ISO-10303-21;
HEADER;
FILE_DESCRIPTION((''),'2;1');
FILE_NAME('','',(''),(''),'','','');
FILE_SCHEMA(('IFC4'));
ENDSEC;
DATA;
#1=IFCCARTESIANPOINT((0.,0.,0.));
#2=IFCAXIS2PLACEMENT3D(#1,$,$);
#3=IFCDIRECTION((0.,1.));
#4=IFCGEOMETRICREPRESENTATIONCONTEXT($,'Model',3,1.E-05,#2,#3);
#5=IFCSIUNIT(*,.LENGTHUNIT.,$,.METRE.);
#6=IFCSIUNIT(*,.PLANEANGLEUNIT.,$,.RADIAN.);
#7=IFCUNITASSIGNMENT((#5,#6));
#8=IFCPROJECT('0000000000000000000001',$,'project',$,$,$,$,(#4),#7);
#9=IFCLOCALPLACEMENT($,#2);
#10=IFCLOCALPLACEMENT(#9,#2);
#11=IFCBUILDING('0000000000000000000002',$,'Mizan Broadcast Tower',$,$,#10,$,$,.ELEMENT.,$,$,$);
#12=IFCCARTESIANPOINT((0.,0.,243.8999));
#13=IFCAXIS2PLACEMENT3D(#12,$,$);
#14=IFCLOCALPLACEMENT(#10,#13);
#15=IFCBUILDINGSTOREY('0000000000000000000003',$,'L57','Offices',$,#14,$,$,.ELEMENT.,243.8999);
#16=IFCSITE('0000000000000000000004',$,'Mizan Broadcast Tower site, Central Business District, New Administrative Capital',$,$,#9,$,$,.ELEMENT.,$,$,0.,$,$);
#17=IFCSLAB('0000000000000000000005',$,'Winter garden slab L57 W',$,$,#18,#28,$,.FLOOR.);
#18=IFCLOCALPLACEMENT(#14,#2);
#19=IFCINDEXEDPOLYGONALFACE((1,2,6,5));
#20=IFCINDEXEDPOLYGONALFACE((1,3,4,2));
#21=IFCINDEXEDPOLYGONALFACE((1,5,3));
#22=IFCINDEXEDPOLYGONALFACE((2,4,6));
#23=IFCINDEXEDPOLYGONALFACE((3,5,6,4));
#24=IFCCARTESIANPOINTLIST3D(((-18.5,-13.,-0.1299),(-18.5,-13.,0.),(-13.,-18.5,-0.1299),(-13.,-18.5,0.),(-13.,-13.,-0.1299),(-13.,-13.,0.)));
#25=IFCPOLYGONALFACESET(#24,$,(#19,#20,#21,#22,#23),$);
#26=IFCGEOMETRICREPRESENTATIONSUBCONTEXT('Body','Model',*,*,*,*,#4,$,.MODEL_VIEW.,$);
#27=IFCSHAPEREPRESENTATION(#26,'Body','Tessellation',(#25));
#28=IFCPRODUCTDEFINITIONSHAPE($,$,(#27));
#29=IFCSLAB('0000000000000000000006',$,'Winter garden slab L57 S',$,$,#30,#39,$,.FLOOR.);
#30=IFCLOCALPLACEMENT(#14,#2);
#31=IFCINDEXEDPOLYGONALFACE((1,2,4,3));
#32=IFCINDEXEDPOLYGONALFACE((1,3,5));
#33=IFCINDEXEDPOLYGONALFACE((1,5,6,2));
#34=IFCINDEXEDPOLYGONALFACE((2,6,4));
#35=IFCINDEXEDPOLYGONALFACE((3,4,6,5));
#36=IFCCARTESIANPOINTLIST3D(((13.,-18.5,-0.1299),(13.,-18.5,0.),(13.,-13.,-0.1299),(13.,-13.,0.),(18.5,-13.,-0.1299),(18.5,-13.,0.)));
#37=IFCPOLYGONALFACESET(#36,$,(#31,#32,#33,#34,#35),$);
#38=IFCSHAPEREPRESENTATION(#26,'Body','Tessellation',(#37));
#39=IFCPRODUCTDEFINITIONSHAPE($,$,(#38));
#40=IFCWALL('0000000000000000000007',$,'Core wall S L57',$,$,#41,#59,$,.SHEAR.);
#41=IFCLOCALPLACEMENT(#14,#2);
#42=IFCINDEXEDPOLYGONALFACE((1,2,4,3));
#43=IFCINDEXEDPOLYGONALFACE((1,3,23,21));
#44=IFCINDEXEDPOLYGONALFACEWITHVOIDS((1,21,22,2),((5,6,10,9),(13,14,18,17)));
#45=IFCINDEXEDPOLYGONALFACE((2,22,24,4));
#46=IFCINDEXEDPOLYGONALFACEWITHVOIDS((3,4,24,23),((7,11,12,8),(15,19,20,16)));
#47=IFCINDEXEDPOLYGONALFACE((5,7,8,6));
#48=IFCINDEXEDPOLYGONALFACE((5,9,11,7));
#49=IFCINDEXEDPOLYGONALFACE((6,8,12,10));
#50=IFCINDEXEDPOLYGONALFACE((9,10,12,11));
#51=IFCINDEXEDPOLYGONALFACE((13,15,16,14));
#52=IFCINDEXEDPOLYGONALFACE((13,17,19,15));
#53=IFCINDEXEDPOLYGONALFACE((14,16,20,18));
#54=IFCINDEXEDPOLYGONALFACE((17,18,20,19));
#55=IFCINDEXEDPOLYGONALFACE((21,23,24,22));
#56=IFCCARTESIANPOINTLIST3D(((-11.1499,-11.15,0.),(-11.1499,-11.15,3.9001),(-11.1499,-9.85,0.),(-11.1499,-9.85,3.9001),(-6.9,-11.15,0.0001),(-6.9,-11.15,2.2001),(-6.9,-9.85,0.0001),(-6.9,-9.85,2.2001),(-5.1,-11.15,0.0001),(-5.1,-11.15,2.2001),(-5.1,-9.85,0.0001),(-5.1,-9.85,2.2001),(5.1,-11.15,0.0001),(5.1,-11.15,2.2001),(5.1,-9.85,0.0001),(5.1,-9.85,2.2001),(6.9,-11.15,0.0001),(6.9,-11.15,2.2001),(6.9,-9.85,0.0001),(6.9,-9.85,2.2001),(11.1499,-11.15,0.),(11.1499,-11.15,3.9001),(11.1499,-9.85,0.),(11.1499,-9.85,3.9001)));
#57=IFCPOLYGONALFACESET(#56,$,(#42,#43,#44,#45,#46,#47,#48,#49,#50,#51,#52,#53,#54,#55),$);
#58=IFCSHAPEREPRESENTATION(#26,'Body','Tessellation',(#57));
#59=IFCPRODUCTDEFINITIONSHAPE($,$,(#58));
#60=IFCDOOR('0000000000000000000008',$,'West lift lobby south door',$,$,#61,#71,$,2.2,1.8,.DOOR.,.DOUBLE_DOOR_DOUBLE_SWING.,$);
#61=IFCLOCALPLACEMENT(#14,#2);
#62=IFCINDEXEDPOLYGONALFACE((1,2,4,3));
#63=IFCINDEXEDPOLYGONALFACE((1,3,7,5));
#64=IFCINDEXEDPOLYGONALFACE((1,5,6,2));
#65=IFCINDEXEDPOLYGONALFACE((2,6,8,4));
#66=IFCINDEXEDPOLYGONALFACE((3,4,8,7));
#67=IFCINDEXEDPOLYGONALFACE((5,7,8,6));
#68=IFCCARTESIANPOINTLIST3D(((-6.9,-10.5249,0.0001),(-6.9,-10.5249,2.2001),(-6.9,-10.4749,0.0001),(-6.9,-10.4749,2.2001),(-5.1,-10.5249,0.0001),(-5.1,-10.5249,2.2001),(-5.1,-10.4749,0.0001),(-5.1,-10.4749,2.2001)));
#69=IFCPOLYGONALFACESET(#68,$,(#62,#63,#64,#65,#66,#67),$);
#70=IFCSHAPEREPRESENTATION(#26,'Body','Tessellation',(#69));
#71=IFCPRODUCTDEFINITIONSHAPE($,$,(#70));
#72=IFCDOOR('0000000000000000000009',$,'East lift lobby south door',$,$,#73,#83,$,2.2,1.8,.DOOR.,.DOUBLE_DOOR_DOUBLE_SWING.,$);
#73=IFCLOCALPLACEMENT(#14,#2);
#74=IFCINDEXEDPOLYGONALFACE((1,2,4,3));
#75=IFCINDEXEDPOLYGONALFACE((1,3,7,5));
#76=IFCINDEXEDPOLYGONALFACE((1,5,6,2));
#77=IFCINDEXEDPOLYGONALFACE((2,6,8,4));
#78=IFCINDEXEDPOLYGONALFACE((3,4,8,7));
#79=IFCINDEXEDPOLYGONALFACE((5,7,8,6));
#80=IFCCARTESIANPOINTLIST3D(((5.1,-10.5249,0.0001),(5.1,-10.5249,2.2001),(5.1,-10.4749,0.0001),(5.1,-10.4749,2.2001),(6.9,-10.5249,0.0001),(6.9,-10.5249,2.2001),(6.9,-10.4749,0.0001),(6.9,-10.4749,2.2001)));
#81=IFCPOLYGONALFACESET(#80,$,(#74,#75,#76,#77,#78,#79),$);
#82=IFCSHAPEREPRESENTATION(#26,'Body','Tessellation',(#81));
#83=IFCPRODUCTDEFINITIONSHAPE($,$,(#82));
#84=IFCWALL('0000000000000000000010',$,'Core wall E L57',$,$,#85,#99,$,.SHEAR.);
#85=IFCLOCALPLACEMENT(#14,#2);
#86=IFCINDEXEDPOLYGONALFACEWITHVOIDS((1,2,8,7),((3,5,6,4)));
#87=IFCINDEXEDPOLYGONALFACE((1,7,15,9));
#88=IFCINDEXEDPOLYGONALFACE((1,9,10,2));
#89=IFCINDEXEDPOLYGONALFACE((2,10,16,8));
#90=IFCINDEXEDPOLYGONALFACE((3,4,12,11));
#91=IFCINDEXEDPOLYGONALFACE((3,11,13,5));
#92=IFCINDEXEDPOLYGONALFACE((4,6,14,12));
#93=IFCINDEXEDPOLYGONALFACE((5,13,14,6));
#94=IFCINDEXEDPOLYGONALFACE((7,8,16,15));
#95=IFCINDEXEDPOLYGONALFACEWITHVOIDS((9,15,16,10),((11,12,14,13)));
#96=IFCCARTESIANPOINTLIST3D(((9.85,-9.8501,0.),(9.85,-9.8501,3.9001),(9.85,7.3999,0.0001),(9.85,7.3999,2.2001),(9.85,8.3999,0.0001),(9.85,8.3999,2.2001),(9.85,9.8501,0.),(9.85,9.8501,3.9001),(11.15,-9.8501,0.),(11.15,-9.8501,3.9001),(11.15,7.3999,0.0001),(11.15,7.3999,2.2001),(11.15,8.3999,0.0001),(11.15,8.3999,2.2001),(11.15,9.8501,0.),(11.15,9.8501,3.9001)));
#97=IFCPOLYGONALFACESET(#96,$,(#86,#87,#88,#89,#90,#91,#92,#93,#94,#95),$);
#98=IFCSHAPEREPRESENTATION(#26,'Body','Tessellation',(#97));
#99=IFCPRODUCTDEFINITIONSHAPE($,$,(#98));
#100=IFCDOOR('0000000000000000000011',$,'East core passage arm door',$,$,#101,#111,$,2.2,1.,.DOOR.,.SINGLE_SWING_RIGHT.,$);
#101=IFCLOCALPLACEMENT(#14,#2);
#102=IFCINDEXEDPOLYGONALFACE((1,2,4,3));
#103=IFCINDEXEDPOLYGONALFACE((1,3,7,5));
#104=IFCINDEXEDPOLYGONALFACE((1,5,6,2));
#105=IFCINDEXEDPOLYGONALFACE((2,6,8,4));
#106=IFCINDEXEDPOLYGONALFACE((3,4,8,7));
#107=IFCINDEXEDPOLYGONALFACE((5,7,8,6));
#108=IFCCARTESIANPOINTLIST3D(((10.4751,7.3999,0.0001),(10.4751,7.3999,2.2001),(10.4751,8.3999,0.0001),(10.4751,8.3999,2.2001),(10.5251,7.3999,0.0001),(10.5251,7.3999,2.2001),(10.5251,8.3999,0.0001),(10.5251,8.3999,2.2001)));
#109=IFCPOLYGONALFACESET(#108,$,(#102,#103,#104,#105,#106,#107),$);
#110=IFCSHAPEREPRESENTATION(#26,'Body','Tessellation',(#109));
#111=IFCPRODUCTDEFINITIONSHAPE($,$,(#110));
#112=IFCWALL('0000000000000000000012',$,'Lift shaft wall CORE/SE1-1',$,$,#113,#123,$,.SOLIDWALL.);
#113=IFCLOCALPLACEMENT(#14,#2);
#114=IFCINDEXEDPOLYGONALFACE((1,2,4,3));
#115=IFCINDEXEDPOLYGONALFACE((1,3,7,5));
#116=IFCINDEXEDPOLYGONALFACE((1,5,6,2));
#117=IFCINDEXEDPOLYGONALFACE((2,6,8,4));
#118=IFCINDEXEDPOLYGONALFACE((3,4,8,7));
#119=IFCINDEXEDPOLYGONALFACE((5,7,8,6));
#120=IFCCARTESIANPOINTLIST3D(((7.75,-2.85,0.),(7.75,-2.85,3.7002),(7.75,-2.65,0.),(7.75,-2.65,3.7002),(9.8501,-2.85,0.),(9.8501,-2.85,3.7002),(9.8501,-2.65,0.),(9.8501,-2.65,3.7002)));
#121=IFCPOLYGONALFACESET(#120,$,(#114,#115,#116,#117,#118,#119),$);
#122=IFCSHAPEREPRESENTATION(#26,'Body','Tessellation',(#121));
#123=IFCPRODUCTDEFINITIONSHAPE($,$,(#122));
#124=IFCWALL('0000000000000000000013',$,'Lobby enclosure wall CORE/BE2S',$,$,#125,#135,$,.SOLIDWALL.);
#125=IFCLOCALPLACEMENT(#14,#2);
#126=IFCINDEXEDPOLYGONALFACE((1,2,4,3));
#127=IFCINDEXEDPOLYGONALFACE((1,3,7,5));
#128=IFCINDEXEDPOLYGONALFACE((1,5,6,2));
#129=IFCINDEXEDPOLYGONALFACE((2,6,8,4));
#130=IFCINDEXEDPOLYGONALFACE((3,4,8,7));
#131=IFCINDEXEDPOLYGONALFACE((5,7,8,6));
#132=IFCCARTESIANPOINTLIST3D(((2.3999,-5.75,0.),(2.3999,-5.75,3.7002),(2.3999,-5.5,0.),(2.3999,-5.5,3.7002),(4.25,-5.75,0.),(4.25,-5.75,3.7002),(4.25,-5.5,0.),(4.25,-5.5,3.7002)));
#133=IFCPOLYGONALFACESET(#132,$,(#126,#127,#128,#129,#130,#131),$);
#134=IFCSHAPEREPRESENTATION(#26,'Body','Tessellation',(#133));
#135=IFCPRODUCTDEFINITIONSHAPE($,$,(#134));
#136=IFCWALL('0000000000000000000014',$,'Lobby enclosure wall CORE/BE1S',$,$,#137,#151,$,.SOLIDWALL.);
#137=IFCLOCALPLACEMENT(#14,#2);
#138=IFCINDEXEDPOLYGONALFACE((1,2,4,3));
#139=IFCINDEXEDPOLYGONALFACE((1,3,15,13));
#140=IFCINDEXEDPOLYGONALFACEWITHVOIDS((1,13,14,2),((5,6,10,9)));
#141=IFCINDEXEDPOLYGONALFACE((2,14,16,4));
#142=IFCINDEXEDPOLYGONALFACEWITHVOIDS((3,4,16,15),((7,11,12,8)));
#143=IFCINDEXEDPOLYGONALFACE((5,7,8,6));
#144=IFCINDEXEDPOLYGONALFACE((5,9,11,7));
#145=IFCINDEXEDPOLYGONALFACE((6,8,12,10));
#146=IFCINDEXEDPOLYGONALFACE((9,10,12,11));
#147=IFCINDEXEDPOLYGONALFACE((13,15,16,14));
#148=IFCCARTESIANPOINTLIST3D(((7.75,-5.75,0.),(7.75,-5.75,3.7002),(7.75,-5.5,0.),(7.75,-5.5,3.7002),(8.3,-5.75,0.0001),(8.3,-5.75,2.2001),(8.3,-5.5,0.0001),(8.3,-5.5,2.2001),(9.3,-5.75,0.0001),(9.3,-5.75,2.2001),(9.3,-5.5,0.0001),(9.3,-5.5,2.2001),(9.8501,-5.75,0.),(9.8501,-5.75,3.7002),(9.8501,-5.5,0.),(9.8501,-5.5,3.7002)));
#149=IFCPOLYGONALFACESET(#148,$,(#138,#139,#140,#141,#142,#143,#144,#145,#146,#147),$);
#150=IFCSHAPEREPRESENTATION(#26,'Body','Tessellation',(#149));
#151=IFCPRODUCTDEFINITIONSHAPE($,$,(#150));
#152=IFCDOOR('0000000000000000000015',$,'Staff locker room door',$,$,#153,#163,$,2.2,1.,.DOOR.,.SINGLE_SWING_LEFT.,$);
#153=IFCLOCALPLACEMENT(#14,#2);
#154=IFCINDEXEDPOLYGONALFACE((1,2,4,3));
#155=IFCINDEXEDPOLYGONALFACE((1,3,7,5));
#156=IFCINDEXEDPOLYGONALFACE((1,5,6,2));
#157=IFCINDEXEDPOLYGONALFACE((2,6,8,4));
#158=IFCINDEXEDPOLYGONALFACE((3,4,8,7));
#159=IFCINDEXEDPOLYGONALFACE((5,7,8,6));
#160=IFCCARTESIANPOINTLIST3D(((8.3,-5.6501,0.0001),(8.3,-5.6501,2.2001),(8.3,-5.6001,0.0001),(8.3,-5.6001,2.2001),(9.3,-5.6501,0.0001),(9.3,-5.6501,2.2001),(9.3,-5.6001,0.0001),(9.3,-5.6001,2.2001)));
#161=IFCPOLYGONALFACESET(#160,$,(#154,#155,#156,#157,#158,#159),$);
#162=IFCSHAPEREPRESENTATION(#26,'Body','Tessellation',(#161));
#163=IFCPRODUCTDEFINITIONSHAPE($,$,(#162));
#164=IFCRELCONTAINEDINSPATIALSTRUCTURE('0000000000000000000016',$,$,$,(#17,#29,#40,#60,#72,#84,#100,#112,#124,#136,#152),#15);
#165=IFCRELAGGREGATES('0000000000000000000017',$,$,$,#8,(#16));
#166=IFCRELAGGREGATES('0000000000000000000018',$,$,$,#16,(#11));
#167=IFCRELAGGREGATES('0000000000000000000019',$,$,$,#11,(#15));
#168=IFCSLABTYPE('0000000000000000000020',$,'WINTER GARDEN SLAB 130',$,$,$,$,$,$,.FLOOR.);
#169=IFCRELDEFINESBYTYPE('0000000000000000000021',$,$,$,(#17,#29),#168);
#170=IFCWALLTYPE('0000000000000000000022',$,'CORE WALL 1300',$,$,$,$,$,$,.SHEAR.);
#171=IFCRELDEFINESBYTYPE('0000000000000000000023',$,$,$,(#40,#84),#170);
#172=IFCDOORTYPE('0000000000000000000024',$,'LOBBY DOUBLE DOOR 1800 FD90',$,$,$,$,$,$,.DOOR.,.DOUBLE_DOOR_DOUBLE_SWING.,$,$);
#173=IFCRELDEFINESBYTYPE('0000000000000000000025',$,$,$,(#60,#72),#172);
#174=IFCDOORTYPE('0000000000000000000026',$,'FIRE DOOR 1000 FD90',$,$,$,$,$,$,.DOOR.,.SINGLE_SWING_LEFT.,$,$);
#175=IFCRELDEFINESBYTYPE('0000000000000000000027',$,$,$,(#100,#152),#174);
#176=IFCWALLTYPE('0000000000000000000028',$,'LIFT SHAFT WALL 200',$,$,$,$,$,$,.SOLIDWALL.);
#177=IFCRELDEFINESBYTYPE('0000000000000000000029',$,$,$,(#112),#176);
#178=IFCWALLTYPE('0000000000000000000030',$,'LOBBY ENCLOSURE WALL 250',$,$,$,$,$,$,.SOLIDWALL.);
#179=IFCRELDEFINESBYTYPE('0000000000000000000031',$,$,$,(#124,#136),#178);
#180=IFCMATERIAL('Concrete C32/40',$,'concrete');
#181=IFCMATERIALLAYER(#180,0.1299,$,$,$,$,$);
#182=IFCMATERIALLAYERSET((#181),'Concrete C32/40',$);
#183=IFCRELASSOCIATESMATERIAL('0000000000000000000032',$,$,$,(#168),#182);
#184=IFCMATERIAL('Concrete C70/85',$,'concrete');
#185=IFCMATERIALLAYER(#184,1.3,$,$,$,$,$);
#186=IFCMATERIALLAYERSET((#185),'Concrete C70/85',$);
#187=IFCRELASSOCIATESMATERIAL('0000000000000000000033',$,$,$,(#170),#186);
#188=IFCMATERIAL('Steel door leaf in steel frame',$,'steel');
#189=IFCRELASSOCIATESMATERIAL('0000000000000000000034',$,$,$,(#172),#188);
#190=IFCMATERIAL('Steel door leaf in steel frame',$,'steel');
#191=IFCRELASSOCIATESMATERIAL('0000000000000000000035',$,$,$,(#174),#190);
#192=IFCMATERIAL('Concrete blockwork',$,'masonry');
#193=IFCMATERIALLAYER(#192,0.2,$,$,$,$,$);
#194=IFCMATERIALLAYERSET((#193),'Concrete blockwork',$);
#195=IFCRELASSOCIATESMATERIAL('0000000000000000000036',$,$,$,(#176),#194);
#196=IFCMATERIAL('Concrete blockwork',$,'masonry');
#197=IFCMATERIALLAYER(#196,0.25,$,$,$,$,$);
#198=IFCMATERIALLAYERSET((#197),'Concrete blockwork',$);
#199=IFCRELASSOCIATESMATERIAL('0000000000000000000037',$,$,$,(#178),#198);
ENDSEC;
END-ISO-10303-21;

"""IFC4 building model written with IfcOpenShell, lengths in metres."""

from ifc_helpers import new_model, si_unit, direction, frame, frame_2d, origin, place, context, subcontext, project, spatial, polyline, rectangle, outline, extrude, material, layer, layer_set, type_object, element, fill, save


model = new_model("IFC4")

# Units and contexts
model_context = context("Model", 3, precision=1e-05, world=origin(), true_north=direction((0.0, 1.0)))
body_context = subcontext(model_context, "Body", "Model", "MODEL_VIEW")
ifc_project = project(units=[si_unit("LENGTHUNIT", "METRE"), si_unit("PLANEANGLEUNIT", "RADIAN")], contexts=[model_context])

# Site, building, storey
site_placement = place(None, origin())
site = spatial("IfcSite", under=ifc_project, at=site_placement, Name="Mizan Broadcast Tower site, Central Business District, New Administrative Capital", CompositionType="ELEMENT", RefElevation=0.0)
building_placement = place(site_placement, origin())
building = spatial("IfcBuilding", under=site, at=building_placement, Name="Mizan Broadcast Tower", CompositionType="ELEMENT")
storey_placement = place(building_placement, frame((0.0, 0.0, 243.8999)))
storey = spatial("IfcBuildingStorey", under=building, at=storey_placement, Name="L57", Description="Offices", CompositionType="ELEMENT", Elevation=243.8999)

# Slabs
ifc_material_1 = material(Name="Concrete C32/40", Category="concrete")
ifc_layer_1 = layer(ifc_material_1, 0.1299)
ifc_layer_set_1 = layer_set([ifc_layer_1], Name="Concrete C32/40")
slab_type_1 = type_object("IfcSlabType", Name="WINTER GARDEN SLAB 130", PredefinedType="FLOOR", material=ifc_layer_set_1)
slab_1_placement = place(storey_placement, frame((0.0, 0.0, -0.1299)))
element("IfcSlab", 1, at=slab_1_placement, inside=storey, type_object=slab_type_1, Name="Winter garden slab L57 W", PredefinedType="FLOOR", context=body_context, shape_type="SweptSolid", body=[
    extrude(outline(polyline([(-13.0, -13.0), (-18.5, -13.0), (-13.0, -18.5), (-13.0, -13.0)])), origin(), (0.0, 0.0, 1.0), 0.1299),
])
slab_2_placement = place(storey_placement, frame((0.0, 0.0, -0.1299)))
element("IfcSlab", 2, at=slab_2_placement, inside=storey, type_object=slab_type_1, Name="Winter garden slab L57 S", PredefinedType="FLOOR", context=body_context, shape_type="SweptSolid", body=[
    extrude(outline(polyline([(13.0, -13.0), (13.0, -18.5), (18.5, -13.0), (13.0, -13.0)])), origin(), (0.0, 0.0, 1.0), 0.1299),
])

# Wall, openings, doors
ifc_material_2 = material(Name="Concrete C70/85", Category="concrete")
ifc_layer_2 = layer(ifc_material_2, 1.3)
ifc_layer_set_2 = layer_set([ifc_layer_2], Name="Concrete C70/85")
wall_type_1 = type_object("IfcWallType", Name="CORE WALL 1300", PredefinedType="SHEAR", material=ifc_layer_set_2)
wall_1_placement = place(storey_placement, frame((11.1499, -10.5, 0.0), z_axis=(0.0, 0.0, 1.0), x_axis=(-1.0, 0.0, 0.0)))
wall_1 = element("IfcWall", 3, at=wall_1_placement, inside=storey, type_object=wall_type_1, Name="Core wall S L57", PredefinedType="SHEAR", context=body_context, shape_type="SweptSolid", body=[
    extrude(rectangle(XDim=22.2998, YDim=1.3, at=frame_2d((11.1499, 0.0))), origin(), (0.0, 0.0, 1.0), 3.9001),
])
opening_1_placement = place(wall_1_placement, frame((16.25, 0.0, 0.0)))
opening_1 = element("IfcOpeningElement", 4, at=opening_1_placement, cuts=wall_1, PredefinedType="OPENING", context=body_context, shape_type="SweptSolid", body=[
    extrude(rectangle(XDim=1.8, YDim=2.2, at=frame_2d((0.8999, 1.1001))), frame((0.0, 0.6599, 0.0), z_axis=(0.0, -1.0, 0.0), x_axis=(1.0, 0.0, 0.0)), (0.0, 0.0, 1.0), 1.3201),
])
opening_2_placement = place(wall_1_placement, frame((4.25, 0.0, 0.0)))
opening_2 = element("IfcOpeningElement", 5, at=opening_2_placement, cuts=wall_1, PredefinedType="OPENING", context=body_context, shape_type="SweptSolid", body=[
    extrude(rectangle(XDim=1.8, YDim=2.2, at=frame_2d((0.8999, 1.1001))), frame((0.0, 0.6599, 0.0), z_axis=(0.0, -1.0, 0.0), x_axis=(1.0, 0.0, 0.0)), (0.0, 0.0, 1.0), 1.3201),
])
ifc_material_3 = material(Name="Steel door leaf in steel frame", Category="steel")
door_type_1 = type_object("IfcDoorType", Name="LOBBY DOUBLE DOOR 1800 FD90", OperationType="DOUBLE_DOOR_DOUBLE_SWING", PredefinedType="DOOR", material=ifc_material_3)
door_1_placement = place(opening_1_placement, origin())
door_1 = element("IfcDoor", 6, at=door_1_placement, inside=storey, type_object=door_type_1, Name="West lift lobby south door", OperationType="DOUBLE_DOOR_DOUBLE_SWING", OverallHeight=2.2, OverallWidth=1.8, PredefinedType="DOOR", context=body_context, shape_type="SweptSolid", body=[
    extrude(rectangle(XDim=1.8, YDim=2.2, at=frame_2d((0.8999, 1.1001))), frame((0.0, 0.0249, 0.0), z_axis=(0.0, -1.0, 0.0), x_axis=(1.0, 0.0, 0.0)), (0.0, 0.0, 1.0), 0.05),
])
fill(opening_1, door_1)
door_2_placement = place(opening_2_placement, origin())
door_2 = element("IfcDoor", 7, at=door_2_placement, inside=storey, type_object=door_type_1, Name="East lift lobby south door", OperationType="DOUBLE_DOOR_DOUBLE_SWING", OverallHeight=2.2, OverallWidth=1.8, PredefinedType="DOOR", context=body_context, shape_type="SweptSolid", body=[
    extrude(rectangle(XDim=1.8, YDim=2.2, at=frame_2d((0.8999, 1.1001))), frame((0.0, 0.0249, 0.0), z_axis=(0.0, -1.0, 0.0), x_axis=(1.0, 0.0, 0.0)), (0.0, 0.0, 1.0), 0.05),
])
fill(opening_2, door_2)

# Wall, opening, door
wall_2_placement = place(storey_placement, frame((10.5, -9.8501, 0.0), z_axis=(0.0, 0.0, 1.0), x_axis=(0.0, 1.0, 0.0)))
wall_2 = element("IfcWall", 8, at=wall_2_placement, inside=storey, type_object=wall_type_1, Name="Core wall E L57", PredefinedType="SHEAR", context=body_context, shape_type="SweptSolid", body=[
    extrude(rectangle(XDim=19.7002, YDim=1.3, at=frame_2d((9.8501, 0.0))), origin(), (0.0, 0.0, 1.0), 3.9001),
])
opening_3_placement = place(wall_2_placement, frame((17.25, 0.0, 0.0)))
opening_3 = element("IfcOpeningElement", 9, at=opening_3_placement, cuts=wall_2, PredefinedType="OPENING", context=body_context, shape_type="SweptSolid", body=[
    extrude(rectangle(XDim=1.0, YDim=2.2, at=frame_2d((0.5, 1.1001))), frame((0.0, 0.6599, 0.0), z_axis=(0.0, -1.0, 0.0), x_axis=(1.0, 0.0, 0.0)), (0.0, 0.0, 1.0), 1.3201),
])
ifc_material_4 = material(Name="Steel door leaf in steel frame", Category="steel")
door_type_2 = type_object("IfcDoorType", Name="FIRE DOOR 1000 FD90", OperationType="SINGLE_SWING_LEFT", PredefinedType="DOOR", material=ifc_material_4)
door_3_placement = place(opening_3_placement, origin())
door_3 = element("IfcDoor", 10, at=door_3_placement, inside=storey, type_object=door_type_2, Name="East core passage arm door", OperationType="SINGLE_SWING_RIGHT", OverallHeight=2.2, OverallWidth=1.0, PredefinedType="DOOR", context=body_context, shape_type="SweptSolid", body=[
    extrude(rectangle(XDim=1.0, YDim=2.2, at=frame_2d((0.5, 1.1001))), frame((0.0, 0.0249, 0.0), z_axis=(0.0, -1.0, 0.0), x_axis=(1.0, 0.0, 0.0)), (0.0, 0.0, 1.0), 0.05),
])
fill(opening_3, door_3)

# Walls
ifc_material_5 = material(Name="Concrete blockwork", Category="masonry")
ifc_layer_3 = layer(ifc_material_5, 0.2)
ifc_layer_set_3 = layer_set([ifc_layer_3], Name="Concrete blockwork")
wall_type_2 = type_object("IfcWallType", Name="LIFT SHAFT WALL 200", PredefinedType="SOLIDWALL", material=ifc_layer_set_3)
wall_3_placement = place(storey_placement, frame((7.75, -2.75, 0.0), z_axis=(0.0, 0.0, 1.0), x_axis=(1.0, 0.0, 0.0)))
element("IfcWall", 11, at=wall_3_placement, inside=storey, type_object=wall_type_2, Name="Lift shaft wall CORE/SE1-1", PredefinedType="SOLIDWALL", context=body_context, shape_type="SweptSolid", body=[
    extrude(rectangle(XDim=2.1001, YDim=0.2, at=frame_2d((1.05, 0.0))), origin(), (0.0, 0.0, 1.0), 3.7002),
])
ifc_material_6 = material(Name="Concrete blockwork", Category="masonry")
ifc_layer_4 = layer(ifc_material_6, 0.25)
ifc_layer_set_4 = layer_set([ifc_layer_4], Name="Concrete blockwork")
wall_type_3 = type_object("IfcWallType", Name="LOBBY ENCLOSURE WALL 250", PredefinedType="SOLIDWALL", material=ifc_layer_set_4)
wall_4_placement = place(storey_placement, frame((2.3999, -5.625, 0.0), z_axis=(0.0, 0.0, 1.0), x_axis=(1.0, 0.0, 0.0)))
element("IfcWall", 12, at=wall_4_placement, inside=storey, type_object=wall_type_3, Name="Lobby enclosure wall CORE/BE2S", PredefinedType="SOLIDWALL", context=body_context, shape_type="SweptSolid", body=[
    extrude(rectangle(XDim=1.8501, YDim=0.25, at=frame_2d((0.925, 0.0))), origin(), (0.0, 0.0, 1.0), 3.7002),
])

# Wall, opening, door
wall_5_placement = place(storey_placement, frame((7.75, -5.625, 0.0), z_axis=(0.0, 0.0, 1.0), x_axis=(1.0, 0.0, 0.0)))
wall_5 = element("IfcWall", 13, at=wall_5_placement, inside=storey, type_object=wall_type_3, Name="Lobby enclosure wall CORE/BE1S", PredefinedType="SOLIDWALL", context=body_context, shape_type="SweptSolid", body=[
    extrude(rectangle(XDim=2.1001, YDim=0.25, at=frame_2d((1.05, 0.0))), origin(), (0.0, 0.0, 1.0), 3.7002),
])
opening_4_placement = place(wall_5_placement, frame((0.55, 0.0, 0.0)))
opening_4 = element("IfcOpeningElement", 14, at=opening_4_placement, cuts=wall_5, PredefinedType="OPENING", context=body_context, shape_type="SweptSolid", body=[
    extrude(rectangle(XDim=1.0, YDim=2.2, at=frame_2d((0.5, 1.1001))), frame((0.0, 0.135, 0.0), z_axis=(0.0, -1.0, 0.0), x_axis=(1.0, 0.0, 0.0)), (0.0, 0.0, 1.0), 0.27),
])
door_4_placement = place(opening_4_placement, origin())
door_4 = element("IfcDoor", 15, at=door_4_placement, inside=storey, type_object=door_type_2, Name="Staff locker room door", OperationType="SINGLE_SWING_LEFT", OverallHeight=2.2, OverallWidth=1.0, PredefinedType="DOOR", context=body_context, shape_type="SweptSolid", body=[
    extrude(rectangle(XDim=1.0, YDim=2.2, at=frame_2d((0.5, 1.1001))), frame((0.0, 0.0249, 0.0), z_axis=(0.0, -1.0, 0.0), x_axis=(1.0, 0.0, 0.0)), (0.0, 0.0, 1.0), 0.05),
])
fill(opening_4, door_4)

save(model, "model.ifc")
